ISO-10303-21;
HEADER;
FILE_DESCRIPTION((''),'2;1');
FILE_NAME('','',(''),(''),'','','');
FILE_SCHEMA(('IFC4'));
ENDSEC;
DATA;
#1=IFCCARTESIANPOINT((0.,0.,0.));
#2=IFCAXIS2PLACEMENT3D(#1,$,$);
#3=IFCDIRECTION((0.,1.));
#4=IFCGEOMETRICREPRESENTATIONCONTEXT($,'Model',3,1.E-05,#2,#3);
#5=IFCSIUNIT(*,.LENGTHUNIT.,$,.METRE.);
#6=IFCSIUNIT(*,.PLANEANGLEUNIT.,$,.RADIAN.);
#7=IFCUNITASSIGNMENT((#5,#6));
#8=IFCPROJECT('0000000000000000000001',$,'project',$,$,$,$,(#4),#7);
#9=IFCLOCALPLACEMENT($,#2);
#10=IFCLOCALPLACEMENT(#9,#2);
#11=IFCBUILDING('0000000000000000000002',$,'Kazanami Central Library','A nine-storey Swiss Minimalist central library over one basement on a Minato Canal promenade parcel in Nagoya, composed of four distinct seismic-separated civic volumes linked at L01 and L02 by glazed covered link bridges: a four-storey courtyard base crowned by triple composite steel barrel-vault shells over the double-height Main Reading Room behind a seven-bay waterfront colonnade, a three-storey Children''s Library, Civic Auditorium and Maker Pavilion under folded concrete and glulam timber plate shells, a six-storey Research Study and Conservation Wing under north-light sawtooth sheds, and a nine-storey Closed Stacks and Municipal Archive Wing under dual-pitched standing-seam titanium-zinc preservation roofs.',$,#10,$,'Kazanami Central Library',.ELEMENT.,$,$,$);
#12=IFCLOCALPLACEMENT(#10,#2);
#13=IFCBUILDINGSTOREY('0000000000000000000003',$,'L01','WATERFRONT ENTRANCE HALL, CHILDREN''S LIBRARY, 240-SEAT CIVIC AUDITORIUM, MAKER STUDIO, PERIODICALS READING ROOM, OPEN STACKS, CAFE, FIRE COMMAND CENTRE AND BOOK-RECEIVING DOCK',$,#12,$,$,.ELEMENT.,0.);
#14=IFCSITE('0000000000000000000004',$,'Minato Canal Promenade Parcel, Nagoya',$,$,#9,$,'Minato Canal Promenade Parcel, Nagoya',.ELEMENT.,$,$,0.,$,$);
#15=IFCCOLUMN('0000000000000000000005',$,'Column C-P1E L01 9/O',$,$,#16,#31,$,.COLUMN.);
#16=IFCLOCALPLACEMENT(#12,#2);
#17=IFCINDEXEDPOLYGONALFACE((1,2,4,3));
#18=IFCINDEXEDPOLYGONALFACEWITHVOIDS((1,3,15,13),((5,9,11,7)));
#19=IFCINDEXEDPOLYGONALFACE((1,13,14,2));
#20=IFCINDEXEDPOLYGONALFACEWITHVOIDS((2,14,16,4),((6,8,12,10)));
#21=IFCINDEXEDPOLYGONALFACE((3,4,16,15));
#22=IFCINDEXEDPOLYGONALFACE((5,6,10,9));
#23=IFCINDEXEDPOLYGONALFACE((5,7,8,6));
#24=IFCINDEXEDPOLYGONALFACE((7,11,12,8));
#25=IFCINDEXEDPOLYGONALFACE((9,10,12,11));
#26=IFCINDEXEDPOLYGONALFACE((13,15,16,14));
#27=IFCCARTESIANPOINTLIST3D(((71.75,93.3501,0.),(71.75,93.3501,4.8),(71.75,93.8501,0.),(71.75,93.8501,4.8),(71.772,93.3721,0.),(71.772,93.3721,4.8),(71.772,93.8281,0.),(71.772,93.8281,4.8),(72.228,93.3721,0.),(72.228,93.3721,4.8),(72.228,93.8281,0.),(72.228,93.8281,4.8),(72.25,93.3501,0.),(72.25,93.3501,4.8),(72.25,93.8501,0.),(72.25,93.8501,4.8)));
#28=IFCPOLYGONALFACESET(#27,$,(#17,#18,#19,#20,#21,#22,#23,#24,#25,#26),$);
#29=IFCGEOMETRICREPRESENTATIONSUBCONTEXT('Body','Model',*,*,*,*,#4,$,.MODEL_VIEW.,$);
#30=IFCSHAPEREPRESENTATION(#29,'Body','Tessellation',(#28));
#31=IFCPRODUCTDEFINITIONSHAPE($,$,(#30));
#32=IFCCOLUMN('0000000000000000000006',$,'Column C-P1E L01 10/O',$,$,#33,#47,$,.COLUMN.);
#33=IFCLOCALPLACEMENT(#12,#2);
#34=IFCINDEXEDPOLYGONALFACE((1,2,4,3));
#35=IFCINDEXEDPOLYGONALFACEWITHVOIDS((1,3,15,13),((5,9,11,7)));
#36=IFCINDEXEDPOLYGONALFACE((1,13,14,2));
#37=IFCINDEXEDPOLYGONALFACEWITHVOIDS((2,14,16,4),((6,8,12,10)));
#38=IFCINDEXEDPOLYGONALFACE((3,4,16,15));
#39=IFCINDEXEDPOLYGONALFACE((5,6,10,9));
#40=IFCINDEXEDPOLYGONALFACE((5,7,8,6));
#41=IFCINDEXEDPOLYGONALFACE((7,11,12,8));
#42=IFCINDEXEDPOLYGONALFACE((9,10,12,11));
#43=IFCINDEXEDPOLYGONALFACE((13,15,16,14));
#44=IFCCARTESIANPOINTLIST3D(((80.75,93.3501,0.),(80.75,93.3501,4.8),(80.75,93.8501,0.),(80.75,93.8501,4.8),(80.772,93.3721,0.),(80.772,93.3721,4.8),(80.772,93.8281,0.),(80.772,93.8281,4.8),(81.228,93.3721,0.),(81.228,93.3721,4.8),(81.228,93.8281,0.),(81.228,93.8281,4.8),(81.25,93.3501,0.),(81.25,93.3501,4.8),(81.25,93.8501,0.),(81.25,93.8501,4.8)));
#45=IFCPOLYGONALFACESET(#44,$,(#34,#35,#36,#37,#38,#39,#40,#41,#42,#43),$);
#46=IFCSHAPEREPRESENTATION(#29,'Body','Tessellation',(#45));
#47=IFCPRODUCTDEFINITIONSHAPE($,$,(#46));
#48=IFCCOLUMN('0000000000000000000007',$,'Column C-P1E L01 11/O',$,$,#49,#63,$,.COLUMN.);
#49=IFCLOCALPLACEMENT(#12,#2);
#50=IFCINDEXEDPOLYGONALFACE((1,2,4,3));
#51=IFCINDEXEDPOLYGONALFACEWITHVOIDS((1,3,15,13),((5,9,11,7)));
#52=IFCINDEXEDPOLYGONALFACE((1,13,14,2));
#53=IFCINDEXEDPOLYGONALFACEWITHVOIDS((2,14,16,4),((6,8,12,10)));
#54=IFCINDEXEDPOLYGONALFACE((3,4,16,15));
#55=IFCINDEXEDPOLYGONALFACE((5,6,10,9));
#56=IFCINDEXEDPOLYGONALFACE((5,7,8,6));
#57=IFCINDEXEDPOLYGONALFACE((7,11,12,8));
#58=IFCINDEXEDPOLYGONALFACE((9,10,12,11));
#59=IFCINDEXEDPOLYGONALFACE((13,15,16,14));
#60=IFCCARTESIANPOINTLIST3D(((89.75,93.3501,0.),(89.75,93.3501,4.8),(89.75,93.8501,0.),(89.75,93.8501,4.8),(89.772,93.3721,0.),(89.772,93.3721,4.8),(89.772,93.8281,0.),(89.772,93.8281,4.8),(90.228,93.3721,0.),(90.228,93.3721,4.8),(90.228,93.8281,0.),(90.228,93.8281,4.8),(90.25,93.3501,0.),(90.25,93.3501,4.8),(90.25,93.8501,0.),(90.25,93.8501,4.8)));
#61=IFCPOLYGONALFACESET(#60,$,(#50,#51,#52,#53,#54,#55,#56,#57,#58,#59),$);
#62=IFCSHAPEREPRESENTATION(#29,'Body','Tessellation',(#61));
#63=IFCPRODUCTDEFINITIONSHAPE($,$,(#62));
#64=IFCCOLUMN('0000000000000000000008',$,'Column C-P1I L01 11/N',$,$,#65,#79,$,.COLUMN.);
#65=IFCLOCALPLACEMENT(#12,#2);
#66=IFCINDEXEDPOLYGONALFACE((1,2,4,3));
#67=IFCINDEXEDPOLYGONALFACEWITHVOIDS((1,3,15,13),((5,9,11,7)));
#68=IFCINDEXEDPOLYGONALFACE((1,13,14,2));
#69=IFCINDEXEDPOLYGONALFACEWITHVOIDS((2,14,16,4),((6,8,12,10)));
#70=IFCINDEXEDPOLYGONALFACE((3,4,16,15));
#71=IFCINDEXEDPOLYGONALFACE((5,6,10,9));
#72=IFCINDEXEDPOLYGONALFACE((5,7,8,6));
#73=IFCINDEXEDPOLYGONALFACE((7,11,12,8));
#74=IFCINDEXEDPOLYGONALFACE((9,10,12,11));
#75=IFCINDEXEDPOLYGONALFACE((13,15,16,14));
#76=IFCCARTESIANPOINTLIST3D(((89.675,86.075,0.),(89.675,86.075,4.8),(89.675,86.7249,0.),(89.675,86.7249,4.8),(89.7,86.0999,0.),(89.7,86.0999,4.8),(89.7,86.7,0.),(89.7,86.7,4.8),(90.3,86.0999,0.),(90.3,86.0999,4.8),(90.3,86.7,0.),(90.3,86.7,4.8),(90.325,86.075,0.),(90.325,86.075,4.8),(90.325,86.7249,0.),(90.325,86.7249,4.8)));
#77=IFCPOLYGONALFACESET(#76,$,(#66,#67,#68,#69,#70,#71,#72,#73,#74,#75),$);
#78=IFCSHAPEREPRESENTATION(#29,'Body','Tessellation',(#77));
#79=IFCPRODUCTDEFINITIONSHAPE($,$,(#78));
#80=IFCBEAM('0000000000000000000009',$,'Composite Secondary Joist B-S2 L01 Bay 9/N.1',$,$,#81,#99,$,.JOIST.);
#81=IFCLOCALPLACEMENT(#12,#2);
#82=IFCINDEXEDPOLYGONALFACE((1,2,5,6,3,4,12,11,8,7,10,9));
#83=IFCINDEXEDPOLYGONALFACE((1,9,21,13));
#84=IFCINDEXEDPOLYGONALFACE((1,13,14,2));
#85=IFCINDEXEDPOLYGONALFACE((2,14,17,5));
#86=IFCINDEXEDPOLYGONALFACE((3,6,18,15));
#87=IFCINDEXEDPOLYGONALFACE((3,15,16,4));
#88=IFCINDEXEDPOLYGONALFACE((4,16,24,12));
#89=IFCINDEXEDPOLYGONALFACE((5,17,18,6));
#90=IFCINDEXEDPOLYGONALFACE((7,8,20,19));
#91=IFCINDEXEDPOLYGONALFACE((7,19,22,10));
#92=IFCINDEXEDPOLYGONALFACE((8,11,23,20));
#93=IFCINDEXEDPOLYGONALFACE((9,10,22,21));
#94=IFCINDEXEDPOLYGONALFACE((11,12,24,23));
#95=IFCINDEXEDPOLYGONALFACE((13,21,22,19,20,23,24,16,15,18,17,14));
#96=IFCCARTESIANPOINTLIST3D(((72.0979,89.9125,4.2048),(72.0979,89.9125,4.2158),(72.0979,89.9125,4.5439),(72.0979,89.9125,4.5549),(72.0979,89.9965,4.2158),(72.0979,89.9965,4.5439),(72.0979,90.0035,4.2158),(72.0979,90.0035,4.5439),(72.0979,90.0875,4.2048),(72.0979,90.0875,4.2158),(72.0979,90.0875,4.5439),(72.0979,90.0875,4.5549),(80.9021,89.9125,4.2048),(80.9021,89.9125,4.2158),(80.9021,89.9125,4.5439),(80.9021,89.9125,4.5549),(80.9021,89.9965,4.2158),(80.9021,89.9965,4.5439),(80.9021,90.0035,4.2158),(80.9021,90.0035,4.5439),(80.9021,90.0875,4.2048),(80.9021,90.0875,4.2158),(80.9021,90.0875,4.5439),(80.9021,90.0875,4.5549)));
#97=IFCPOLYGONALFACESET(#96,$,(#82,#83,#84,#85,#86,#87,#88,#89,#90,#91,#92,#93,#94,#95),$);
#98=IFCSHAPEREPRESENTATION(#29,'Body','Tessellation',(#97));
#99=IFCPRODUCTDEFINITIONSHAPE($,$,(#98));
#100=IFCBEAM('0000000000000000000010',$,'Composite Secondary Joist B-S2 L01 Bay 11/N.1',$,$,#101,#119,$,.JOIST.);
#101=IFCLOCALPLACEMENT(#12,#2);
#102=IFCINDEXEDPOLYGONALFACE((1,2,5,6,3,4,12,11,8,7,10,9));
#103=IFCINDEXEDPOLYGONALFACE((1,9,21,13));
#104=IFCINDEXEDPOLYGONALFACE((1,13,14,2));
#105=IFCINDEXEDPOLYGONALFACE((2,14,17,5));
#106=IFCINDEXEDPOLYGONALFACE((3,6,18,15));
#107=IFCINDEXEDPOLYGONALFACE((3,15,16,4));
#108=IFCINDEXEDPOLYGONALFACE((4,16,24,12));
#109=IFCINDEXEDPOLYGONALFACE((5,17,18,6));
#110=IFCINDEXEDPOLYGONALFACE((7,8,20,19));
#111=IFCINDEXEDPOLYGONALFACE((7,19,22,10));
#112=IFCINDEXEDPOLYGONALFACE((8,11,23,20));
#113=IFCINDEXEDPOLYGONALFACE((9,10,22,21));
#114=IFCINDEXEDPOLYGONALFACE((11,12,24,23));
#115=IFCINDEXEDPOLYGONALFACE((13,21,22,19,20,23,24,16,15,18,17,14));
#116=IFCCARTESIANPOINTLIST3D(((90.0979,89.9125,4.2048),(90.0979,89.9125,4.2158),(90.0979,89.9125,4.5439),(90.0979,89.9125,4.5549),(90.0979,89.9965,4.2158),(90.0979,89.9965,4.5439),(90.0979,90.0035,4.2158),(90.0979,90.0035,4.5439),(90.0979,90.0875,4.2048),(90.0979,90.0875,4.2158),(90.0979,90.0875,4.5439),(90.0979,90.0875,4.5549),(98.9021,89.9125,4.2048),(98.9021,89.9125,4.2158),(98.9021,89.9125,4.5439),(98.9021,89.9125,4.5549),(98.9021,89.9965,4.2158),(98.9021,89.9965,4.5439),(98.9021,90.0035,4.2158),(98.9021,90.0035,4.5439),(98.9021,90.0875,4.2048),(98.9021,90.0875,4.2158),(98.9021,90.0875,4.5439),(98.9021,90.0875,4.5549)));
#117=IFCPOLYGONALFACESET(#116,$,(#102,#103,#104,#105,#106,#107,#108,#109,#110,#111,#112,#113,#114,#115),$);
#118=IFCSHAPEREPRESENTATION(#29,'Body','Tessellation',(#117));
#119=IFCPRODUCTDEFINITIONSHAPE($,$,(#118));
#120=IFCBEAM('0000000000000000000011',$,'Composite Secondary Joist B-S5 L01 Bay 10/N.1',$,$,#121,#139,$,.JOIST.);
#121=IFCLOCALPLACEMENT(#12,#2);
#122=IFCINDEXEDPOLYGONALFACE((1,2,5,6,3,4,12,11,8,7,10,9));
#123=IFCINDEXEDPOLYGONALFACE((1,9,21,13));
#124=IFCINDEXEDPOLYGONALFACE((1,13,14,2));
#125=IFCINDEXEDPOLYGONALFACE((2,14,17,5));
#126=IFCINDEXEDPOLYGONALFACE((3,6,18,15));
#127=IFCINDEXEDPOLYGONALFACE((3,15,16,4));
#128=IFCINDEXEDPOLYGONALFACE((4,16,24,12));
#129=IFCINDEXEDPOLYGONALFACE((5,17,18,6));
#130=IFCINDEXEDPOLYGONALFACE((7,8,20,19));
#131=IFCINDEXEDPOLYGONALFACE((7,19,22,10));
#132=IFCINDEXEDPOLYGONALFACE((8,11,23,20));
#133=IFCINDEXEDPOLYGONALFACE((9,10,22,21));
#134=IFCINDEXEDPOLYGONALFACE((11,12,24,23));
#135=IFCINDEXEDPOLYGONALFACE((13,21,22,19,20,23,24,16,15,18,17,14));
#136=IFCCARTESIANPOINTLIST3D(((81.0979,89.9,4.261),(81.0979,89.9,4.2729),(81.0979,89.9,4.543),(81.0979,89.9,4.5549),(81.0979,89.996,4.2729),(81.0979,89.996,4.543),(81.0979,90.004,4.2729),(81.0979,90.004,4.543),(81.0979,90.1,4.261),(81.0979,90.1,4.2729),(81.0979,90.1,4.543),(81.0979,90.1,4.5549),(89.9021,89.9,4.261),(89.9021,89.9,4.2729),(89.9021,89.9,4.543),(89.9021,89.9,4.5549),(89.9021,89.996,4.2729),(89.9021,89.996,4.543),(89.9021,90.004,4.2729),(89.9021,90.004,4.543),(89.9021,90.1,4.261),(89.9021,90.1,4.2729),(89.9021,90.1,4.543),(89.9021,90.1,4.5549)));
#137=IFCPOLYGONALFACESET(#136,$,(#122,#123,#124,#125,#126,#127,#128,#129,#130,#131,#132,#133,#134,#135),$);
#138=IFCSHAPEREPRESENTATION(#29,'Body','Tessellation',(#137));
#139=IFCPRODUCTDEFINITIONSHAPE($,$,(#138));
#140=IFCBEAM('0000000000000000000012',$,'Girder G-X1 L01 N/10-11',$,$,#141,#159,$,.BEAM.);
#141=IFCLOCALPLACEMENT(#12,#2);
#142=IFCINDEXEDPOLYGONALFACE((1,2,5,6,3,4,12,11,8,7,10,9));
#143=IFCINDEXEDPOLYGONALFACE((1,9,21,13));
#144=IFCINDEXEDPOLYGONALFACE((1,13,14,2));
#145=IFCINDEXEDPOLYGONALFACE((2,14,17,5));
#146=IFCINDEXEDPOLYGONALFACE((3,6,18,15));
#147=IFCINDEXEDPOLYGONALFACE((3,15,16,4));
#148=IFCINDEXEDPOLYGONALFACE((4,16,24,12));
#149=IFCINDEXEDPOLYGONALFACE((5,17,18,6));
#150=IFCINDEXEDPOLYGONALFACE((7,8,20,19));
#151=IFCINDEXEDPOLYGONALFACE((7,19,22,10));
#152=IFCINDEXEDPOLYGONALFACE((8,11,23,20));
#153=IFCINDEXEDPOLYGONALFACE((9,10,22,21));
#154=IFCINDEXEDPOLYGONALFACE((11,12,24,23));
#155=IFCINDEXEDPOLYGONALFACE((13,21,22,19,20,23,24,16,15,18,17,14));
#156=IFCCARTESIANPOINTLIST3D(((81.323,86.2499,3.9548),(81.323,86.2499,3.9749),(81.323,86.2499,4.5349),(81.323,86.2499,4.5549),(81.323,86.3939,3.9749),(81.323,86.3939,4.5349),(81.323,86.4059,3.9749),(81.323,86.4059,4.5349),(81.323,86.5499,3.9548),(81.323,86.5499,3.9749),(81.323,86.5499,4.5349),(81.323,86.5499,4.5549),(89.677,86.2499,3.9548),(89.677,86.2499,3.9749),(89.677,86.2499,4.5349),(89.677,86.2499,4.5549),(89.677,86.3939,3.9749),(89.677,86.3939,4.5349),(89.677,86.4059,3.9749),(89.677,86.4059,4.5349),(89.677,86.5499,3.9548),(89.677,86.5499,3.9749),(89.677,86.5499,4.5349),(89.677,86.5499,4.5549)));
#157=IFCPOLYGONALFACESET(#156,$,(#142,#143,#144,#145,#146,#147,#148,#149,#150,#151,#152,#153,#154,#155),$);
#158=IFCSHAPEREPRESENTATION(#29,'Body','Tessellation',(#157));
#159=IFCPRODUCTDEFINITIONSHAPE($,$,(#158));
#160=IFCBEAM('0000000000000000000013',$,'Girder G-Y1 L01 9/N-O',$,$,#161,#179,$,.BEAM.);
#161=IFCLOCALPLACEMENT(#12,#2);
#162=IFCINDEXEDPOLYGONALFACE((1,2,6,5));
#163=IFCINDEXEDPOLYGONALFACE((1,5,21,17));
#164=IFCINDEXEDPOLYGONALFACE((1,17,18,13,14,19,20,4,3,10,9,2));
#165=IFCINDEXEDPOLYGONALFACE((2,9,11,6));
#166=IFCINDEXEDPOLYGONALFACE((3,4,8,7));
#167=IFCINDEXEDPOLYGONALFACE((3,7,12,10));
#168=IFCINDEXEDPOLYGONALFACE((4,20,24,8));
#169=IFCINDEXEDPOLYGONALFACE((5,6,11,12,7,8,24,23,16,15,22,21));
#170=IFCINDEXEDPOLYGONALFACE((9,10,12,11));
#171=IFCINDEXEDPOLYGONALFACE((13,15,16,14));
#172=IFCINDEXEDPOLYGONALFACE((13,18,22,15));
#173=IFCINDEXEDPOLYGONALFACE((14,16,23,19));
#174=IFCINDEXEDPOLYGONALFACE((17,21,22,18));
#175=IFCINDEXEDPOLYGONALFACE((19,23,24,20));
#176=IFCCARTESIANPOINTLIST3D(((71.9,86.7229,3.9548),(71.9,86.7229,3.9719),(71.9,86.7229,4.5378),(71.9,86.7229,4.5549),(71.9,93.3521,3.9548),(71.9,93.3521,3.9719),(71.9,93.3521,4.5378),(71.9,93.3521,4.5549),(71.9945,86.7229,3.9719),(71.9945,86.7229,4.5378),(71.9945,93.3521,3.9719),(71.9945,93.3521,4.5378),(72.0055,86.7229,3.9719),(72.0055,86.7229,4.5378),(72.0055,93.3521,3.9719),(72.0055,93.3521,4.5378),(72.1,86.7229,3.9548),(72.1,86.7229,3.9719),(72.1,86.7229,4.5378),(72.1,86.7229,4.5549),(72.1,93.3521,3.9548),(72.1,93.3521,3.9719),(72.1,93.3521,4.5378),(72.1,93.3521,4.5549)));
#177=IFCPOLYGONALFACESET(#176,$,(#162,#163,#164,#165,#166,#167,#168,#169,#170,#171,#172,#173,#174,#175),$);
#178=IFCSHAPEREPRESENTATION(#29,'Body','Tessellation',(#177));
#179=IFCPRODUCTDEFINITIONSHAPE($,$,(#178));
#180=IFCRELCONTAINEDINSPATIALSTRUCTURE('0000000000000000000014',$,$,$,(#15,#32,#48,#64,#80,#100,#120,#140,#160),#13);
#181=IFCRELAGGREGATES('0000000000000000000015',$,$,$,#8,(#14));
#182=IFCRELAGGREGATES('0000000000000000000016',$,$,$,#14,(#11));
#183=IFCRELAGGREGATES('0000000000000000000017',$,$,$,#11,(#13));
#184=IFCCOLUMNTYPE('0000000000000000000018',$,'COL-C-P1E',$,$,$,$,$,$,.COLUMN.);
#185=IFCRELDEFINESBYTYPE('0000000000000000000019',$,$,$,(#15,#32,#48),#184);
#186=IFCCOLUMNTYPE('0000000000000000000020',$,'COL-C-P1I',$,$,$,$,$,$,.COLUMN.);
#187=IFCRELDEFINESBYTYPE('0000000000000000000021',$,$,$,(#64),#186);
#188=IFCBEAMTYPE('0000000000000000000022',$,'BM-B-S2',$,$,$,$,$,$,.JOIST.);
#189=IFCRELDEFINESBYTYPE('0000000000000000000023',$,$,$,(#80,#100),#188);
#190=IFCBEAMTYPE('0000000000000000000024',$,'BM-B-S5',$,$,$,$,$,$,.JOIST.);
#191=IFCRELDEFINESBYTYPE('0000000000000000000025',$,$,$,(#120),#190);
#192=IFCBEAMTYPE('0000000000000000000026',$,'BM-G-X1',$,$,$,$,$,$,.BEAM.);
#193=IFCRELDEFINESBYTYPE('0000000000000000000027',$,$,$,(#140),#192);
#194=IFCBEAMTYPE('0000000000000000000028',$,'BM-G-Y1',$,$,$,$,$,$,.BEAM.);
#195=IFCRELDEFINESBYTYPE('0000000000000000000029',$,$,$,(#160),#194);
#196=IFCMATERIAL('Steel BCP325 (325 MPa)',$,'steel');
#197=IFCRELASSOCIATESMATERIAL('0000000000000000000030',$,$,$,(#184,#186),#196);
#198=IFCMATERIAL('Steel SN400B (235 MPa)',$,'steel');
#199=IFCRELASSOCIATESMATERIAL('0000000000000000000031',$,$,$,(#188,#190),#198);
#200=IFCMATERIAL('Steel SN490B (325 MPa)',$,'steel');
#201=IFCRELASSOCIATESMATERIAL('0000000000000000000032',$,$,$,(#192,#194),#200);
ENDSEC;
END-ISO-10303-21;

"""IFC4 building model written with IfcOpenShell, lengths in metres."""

from ifc_helpers import new_model, si_unit, direction, frame, origin, origin_2d, place, context, subcontext, project, spatial, hollow_rectangle, i_section, extrude, material, material_profile, profile_set, type_object, element, save


model = new_model("IFC4")

# Units and contexts
model_context = context("Model", 3, precision=1e-05, world=origin(), true_north=direction((0.0, 1.0)))
body_context = subcontext(model_context, "Body", "Model", "MODEL_VIEW")
ifc_project = project(units=[si_unit("LENGTHUNIT", "METRE"), si_unit("PLANEANGLEUNIT", "RADIAN")], contexts=[model_context])

# Site, building, storey
site_placement = place(None, origin())
site = spatial("IfcSite", under=ifc_project, at=site_placement, Name="Minato Canal Promenade Parcel, Nagoya", LongName="Minato Canal Promenade Parcel, Nagoya", CompositionType="ELEMENT", RefElevation=0.0)
building_placement = place(site_placement, origin())
building = spatial("IfcBuilding", under=site, at=building_placement, Name="Kazanami Central Library", Description="A nine-storey Swiss Minimalist central library over one basement on a Minato Canal promenade parcel in Nagoya, composed of four distinct seismic-separated civic volumes linked at L01 and L02 by glazed covered link bridges: a four-storey courtyard base crowned by triple composite steel barrel-vault shells over the double-height Main Reading Room behind a seven-bay waterfront colonnade, a three-storey Children's Library, Civic Auditorium and Maker Pavilion under folded concrete and glulam timber plate shells, a six-storey Research Study and Conservation Wing under north-light sawtooth sheds, and a nine-storey Closed Stacks and Municipal Archive Wing under dual-pitched standing-seam titanium-zinc preservation roofs.", LongName="Kazanami Central Library", CompositionType="ELEMENT")
storey_placement = place(building_placement, origin())
storey = spatial("IfcBuildingStorey", under=building, at=storey_placement, Name="L01", Description="WATERFRONT ENTRANCE HALL, CHILDREN'S LIBRARY, 240-SEAT CIVIC AUDITORIUM, MAKER STUDIO, PERIODICALS READING ROOM, OPEN STACKS, CAFE, FIRE COMMAND CENTRE AND BOOK-RECEIVING DOCK", CompositionType="ELEMENT", Elevation=0.0)

# Columns
ifc_material_1 = material(Name="Steel BCP325 (325 MPa)", Category="steel")
ifc_material_profile_1 = material_profile(ifc_material_1, hollow_rectangle(XDim=0.5, YDim=0.5, WallThickness=0.022, at=origin_2d()), Name="BCP-500x500x22")
ifc_profile_set_1 = profile_set([ifc_material_profile_1], Name="Steel BCP325 (325 MPa)")
column_type_1 = type_object("IfcColumnType", Name="COL-C-P1E", PredefinedType="COLUMN", material=ifc_profile_set_1)
for number, where, z_axis, x_axis, name in (
    (1, (72.0, 93.6001, 0.0), (0.0, 0.0, 1.0), (1.0, 0.0, 0.0), "Column C-P1E L01 9/O"),
    (2, (81.0, 93.6001, 0.0), (0.0, 0.0, 1.0), (1.0, 0.0, 0.0), "Column C-P1E L01 10/O"),
    (3, (90.0, 93.6001, 0.0), (0.0, 0.0, 1.0), (1.0, 0.0, 0.0), "Column C-P1E L01 11/O"),
):
    element("IfcColumn", number, at=place(storey_placement, frame(where, z_axis=z_axis, x_axis=x_axis)), inside=storey, type_object=column_type_1, Name=name, PredefinedType="COLUMN", context=body_context, shape_type="SweptSolid", body=[
        extrude(hollow_rectangle(XDim=0.5, YDim=0.5, WallThickness=0.022, at=origin_2d()), origin(), (0.0, 0.0, 1.0), 4.8),
    ])
ifc_material_profile_2 = material_profile(ifc_material_1, hollow_rectangle(XDim=0.6499, YDim=0.6499, WallThickness=0.0249, at=origin_2d()), Name="BCP-650x650x25")
ifc_profile_set_2 = profile_set([ifc_material_profile_2], Name="Steel BCP325 (325 MPa)")
column_type_2 = type_object("IfcColumnType", Name="COL-C-P1I", PredefinedType="COLUMN", material=ifc_profile_set_2)
column_placement = place(storey_placement, frame((90.0, 86.3999, 0.0), z_axis=(0.0, 0.0, 1.0), x_axis=(1.0, 0.0, 0.0)))
element("IfcColumn", 4, at=column_placement, inside=storey, type_object=column_type_2, Name="Column C-P1I L01 11/N", PredefinedType="COLUMN", context=body_context, shape_type="SweptSolid", body=[
    extrude(hollow_rectangle(XDim=0.6499, YDim=0.6499, WallThickness=0.0249, at=origin_2d()), origin(), (0.0, 0.0, 1.0), 4.8),
])

# Beams
ifc_material_2 = material(Name="Steel SN400B (235 MPa)", Category="steel")
ifc_material_profile_3 = material_profile(ifc_material_2, i_section(OverallWidth=0.175, OverallDepth=0.3501, WebThickness=0.0071, FlangeThickness=0.011, at=origin_2d()), Name="H-350x175x7x11")
ifc_profile_set_3 = profile_set([ifc_material_profile_3], Name="Steel SN400B (235 MPa)")
beam_type_1 = type_object("IfcBeamType", Name="BM-B-S2", PredefinedType="JOIST", material=ifc_profile_set_3)
for number, where, z_axis, x_axis, name in (
    (5, (72.0979, 90.0, 4.3799), (1.0, 0.0, 0.0), (0.0, 1.0, 0.0), "Composite Secondary Joist B-S2 L01 Bay 9/N.1"),
    (6, (90.0979, 90.0, 4.3799), (1.0, 0.0, 0.0), (0.0, 1.0, 0.0), "Composite Secondary Joist B-S2 L01 Bay 11/N.1"),
):
    element("IfcBeam", number, at=place(storey_placement, frame(where, z_axis=z_axis, x_axis=x_axis)), inside=storey, type_object=beam_type_1, Name=name, PredefinedType="JOIST", context=body_context, shape_type="SweptSolid", body=[
        extrude(i_section(OverallWidth=0.175, OverallDepth=0.3501, WebThickness=0.0071, FlangeThickness=0.011, at=origin_2d()), origin(), (0.0, 0.0, 1.0), 8.8042),
    ])
ifc_material_profile_4 = material_profile(ifc_material_2, i_section(OverallWidth=0.2, OverallDepth=0.2939, WebThickness=0.0081, FlangeThickness=0.012, at=origin_2d()), Name="H-294x200x8x12")
ifc_profile_set_4 = profile_set([ifc_material_profile_4], Name="Steel SN400B (235 MPa)")
beam_type_2 = type_object("IfcBeamType", Name="BM-B-S5", PredefinedType="JOIST", material=ifc_profile_set_4)
beam_1_placement = place(storey_placement, frame((81.0979, 90.0, 4.408), z_axis=(1.0, 0.0, 0.0), x_axis=(0.0, 1.0, 0.0)))
element("IfcBeam", 7, at=beam_1_placement, inside=storey, type_object=beam_type_2, Name="Composite Secondary Joist B-S5 L01 Bay 10/N.1", PredefinedType="JOIST", context=body_context, shape_type="SweptSolid", body=[
    extrude(i_section(OverallWidth=0.2, OverallDepth=0.2939, WebThickness=0.0081, FlangeThickness=0.012, at=origin_2d()), origin(), (0.0, 0.0, 1.0), 8.8042),
])
ifc_material_3 = material(Name="Steel SN490B (325 MPa)", Category="steel")
ifc_material_profile_5 = material_profile(ifc_material_3, i_section(OverallWidth=0.3, OverallDepth=0.6001, WebThickness=0.012, FlangeThickness=0.02, at=origin_2d()), Name="H-600x300x12x20")
ifc_profile_set_5 = profile_set([ifc_material_profile_5], Name="Steel SN490B (325 MPa)")
beam_type_3 = type_object("IfcBeamType", Name="BM-G-X1", PredefinedType="BEAM", material=ifc_profile_set_5)
beam_2_placement = place(storey_placement, frame((81.323, 86.3999, 4.2549), z_axis=(1.0, 0.0, 0.0), x_axis=(0.0, 1.0, 0.0)))
element("IfcBeam", 8, at=beam_2_placement, inside=storey, type_object=beam_type_3, Name="Girder G-X1 L01 N/10-11", PredefinedType="BEAM", context=body_context, shape_type="SweptSolid", body=[
    extrude(i_section(OverallWidth=0.3, OverallDepth=0.6001, WebThickness=0.012, FlangeThickness=0.02, at=origin_2d()), origin(), (0.0, 0.0, 1.0), 8.354),
])
ifc_material_profile_6 = material_profile(ifc_material_3, i_section(OverallWidth=0.2, OverallDepth=0.6001, WebThickness=0.011, FlangeThickness=0.0171, at=origin_2d()), Name="H-600x200x11x17")
ifc_profile_set_6 = profile_set([ifc_material_profile_6], Name="Steel SN490B (325 MPa)")
beam_type_4 = type_object("IfcBeamType", Name="BM-G-Y1", PredefinedType="BEAM", material=ifc_profile_set_6)
for number, where, z_axis, x_axis, name in (
    (9, (72.0, 86.7229, 4.2549), (0.0, 1.0, 0.0), (-1.0, 0.0, 0.0), "Girder G-Y1 L01 9/N-O"),
):
    element("IfcBeam", number, at=place(storey_placement, frame(where, z_axis=z_axis, x_axis=x_axis)), inside=storey, type_object=beam_type_4, Name=name, PredefinedType="BEAM", context=body_context, shape_type="SweptSolid", body=[
        extrude(i_section(OverallWidth=0.2, OverallDepth=0.6001, WebThickness=0.011, FlangeThickness=0.0171, at=origin_2d()), origin(), (0.0, 0.0, 1.0), 6.6292),
    ])

save(model, "model.ifc")
